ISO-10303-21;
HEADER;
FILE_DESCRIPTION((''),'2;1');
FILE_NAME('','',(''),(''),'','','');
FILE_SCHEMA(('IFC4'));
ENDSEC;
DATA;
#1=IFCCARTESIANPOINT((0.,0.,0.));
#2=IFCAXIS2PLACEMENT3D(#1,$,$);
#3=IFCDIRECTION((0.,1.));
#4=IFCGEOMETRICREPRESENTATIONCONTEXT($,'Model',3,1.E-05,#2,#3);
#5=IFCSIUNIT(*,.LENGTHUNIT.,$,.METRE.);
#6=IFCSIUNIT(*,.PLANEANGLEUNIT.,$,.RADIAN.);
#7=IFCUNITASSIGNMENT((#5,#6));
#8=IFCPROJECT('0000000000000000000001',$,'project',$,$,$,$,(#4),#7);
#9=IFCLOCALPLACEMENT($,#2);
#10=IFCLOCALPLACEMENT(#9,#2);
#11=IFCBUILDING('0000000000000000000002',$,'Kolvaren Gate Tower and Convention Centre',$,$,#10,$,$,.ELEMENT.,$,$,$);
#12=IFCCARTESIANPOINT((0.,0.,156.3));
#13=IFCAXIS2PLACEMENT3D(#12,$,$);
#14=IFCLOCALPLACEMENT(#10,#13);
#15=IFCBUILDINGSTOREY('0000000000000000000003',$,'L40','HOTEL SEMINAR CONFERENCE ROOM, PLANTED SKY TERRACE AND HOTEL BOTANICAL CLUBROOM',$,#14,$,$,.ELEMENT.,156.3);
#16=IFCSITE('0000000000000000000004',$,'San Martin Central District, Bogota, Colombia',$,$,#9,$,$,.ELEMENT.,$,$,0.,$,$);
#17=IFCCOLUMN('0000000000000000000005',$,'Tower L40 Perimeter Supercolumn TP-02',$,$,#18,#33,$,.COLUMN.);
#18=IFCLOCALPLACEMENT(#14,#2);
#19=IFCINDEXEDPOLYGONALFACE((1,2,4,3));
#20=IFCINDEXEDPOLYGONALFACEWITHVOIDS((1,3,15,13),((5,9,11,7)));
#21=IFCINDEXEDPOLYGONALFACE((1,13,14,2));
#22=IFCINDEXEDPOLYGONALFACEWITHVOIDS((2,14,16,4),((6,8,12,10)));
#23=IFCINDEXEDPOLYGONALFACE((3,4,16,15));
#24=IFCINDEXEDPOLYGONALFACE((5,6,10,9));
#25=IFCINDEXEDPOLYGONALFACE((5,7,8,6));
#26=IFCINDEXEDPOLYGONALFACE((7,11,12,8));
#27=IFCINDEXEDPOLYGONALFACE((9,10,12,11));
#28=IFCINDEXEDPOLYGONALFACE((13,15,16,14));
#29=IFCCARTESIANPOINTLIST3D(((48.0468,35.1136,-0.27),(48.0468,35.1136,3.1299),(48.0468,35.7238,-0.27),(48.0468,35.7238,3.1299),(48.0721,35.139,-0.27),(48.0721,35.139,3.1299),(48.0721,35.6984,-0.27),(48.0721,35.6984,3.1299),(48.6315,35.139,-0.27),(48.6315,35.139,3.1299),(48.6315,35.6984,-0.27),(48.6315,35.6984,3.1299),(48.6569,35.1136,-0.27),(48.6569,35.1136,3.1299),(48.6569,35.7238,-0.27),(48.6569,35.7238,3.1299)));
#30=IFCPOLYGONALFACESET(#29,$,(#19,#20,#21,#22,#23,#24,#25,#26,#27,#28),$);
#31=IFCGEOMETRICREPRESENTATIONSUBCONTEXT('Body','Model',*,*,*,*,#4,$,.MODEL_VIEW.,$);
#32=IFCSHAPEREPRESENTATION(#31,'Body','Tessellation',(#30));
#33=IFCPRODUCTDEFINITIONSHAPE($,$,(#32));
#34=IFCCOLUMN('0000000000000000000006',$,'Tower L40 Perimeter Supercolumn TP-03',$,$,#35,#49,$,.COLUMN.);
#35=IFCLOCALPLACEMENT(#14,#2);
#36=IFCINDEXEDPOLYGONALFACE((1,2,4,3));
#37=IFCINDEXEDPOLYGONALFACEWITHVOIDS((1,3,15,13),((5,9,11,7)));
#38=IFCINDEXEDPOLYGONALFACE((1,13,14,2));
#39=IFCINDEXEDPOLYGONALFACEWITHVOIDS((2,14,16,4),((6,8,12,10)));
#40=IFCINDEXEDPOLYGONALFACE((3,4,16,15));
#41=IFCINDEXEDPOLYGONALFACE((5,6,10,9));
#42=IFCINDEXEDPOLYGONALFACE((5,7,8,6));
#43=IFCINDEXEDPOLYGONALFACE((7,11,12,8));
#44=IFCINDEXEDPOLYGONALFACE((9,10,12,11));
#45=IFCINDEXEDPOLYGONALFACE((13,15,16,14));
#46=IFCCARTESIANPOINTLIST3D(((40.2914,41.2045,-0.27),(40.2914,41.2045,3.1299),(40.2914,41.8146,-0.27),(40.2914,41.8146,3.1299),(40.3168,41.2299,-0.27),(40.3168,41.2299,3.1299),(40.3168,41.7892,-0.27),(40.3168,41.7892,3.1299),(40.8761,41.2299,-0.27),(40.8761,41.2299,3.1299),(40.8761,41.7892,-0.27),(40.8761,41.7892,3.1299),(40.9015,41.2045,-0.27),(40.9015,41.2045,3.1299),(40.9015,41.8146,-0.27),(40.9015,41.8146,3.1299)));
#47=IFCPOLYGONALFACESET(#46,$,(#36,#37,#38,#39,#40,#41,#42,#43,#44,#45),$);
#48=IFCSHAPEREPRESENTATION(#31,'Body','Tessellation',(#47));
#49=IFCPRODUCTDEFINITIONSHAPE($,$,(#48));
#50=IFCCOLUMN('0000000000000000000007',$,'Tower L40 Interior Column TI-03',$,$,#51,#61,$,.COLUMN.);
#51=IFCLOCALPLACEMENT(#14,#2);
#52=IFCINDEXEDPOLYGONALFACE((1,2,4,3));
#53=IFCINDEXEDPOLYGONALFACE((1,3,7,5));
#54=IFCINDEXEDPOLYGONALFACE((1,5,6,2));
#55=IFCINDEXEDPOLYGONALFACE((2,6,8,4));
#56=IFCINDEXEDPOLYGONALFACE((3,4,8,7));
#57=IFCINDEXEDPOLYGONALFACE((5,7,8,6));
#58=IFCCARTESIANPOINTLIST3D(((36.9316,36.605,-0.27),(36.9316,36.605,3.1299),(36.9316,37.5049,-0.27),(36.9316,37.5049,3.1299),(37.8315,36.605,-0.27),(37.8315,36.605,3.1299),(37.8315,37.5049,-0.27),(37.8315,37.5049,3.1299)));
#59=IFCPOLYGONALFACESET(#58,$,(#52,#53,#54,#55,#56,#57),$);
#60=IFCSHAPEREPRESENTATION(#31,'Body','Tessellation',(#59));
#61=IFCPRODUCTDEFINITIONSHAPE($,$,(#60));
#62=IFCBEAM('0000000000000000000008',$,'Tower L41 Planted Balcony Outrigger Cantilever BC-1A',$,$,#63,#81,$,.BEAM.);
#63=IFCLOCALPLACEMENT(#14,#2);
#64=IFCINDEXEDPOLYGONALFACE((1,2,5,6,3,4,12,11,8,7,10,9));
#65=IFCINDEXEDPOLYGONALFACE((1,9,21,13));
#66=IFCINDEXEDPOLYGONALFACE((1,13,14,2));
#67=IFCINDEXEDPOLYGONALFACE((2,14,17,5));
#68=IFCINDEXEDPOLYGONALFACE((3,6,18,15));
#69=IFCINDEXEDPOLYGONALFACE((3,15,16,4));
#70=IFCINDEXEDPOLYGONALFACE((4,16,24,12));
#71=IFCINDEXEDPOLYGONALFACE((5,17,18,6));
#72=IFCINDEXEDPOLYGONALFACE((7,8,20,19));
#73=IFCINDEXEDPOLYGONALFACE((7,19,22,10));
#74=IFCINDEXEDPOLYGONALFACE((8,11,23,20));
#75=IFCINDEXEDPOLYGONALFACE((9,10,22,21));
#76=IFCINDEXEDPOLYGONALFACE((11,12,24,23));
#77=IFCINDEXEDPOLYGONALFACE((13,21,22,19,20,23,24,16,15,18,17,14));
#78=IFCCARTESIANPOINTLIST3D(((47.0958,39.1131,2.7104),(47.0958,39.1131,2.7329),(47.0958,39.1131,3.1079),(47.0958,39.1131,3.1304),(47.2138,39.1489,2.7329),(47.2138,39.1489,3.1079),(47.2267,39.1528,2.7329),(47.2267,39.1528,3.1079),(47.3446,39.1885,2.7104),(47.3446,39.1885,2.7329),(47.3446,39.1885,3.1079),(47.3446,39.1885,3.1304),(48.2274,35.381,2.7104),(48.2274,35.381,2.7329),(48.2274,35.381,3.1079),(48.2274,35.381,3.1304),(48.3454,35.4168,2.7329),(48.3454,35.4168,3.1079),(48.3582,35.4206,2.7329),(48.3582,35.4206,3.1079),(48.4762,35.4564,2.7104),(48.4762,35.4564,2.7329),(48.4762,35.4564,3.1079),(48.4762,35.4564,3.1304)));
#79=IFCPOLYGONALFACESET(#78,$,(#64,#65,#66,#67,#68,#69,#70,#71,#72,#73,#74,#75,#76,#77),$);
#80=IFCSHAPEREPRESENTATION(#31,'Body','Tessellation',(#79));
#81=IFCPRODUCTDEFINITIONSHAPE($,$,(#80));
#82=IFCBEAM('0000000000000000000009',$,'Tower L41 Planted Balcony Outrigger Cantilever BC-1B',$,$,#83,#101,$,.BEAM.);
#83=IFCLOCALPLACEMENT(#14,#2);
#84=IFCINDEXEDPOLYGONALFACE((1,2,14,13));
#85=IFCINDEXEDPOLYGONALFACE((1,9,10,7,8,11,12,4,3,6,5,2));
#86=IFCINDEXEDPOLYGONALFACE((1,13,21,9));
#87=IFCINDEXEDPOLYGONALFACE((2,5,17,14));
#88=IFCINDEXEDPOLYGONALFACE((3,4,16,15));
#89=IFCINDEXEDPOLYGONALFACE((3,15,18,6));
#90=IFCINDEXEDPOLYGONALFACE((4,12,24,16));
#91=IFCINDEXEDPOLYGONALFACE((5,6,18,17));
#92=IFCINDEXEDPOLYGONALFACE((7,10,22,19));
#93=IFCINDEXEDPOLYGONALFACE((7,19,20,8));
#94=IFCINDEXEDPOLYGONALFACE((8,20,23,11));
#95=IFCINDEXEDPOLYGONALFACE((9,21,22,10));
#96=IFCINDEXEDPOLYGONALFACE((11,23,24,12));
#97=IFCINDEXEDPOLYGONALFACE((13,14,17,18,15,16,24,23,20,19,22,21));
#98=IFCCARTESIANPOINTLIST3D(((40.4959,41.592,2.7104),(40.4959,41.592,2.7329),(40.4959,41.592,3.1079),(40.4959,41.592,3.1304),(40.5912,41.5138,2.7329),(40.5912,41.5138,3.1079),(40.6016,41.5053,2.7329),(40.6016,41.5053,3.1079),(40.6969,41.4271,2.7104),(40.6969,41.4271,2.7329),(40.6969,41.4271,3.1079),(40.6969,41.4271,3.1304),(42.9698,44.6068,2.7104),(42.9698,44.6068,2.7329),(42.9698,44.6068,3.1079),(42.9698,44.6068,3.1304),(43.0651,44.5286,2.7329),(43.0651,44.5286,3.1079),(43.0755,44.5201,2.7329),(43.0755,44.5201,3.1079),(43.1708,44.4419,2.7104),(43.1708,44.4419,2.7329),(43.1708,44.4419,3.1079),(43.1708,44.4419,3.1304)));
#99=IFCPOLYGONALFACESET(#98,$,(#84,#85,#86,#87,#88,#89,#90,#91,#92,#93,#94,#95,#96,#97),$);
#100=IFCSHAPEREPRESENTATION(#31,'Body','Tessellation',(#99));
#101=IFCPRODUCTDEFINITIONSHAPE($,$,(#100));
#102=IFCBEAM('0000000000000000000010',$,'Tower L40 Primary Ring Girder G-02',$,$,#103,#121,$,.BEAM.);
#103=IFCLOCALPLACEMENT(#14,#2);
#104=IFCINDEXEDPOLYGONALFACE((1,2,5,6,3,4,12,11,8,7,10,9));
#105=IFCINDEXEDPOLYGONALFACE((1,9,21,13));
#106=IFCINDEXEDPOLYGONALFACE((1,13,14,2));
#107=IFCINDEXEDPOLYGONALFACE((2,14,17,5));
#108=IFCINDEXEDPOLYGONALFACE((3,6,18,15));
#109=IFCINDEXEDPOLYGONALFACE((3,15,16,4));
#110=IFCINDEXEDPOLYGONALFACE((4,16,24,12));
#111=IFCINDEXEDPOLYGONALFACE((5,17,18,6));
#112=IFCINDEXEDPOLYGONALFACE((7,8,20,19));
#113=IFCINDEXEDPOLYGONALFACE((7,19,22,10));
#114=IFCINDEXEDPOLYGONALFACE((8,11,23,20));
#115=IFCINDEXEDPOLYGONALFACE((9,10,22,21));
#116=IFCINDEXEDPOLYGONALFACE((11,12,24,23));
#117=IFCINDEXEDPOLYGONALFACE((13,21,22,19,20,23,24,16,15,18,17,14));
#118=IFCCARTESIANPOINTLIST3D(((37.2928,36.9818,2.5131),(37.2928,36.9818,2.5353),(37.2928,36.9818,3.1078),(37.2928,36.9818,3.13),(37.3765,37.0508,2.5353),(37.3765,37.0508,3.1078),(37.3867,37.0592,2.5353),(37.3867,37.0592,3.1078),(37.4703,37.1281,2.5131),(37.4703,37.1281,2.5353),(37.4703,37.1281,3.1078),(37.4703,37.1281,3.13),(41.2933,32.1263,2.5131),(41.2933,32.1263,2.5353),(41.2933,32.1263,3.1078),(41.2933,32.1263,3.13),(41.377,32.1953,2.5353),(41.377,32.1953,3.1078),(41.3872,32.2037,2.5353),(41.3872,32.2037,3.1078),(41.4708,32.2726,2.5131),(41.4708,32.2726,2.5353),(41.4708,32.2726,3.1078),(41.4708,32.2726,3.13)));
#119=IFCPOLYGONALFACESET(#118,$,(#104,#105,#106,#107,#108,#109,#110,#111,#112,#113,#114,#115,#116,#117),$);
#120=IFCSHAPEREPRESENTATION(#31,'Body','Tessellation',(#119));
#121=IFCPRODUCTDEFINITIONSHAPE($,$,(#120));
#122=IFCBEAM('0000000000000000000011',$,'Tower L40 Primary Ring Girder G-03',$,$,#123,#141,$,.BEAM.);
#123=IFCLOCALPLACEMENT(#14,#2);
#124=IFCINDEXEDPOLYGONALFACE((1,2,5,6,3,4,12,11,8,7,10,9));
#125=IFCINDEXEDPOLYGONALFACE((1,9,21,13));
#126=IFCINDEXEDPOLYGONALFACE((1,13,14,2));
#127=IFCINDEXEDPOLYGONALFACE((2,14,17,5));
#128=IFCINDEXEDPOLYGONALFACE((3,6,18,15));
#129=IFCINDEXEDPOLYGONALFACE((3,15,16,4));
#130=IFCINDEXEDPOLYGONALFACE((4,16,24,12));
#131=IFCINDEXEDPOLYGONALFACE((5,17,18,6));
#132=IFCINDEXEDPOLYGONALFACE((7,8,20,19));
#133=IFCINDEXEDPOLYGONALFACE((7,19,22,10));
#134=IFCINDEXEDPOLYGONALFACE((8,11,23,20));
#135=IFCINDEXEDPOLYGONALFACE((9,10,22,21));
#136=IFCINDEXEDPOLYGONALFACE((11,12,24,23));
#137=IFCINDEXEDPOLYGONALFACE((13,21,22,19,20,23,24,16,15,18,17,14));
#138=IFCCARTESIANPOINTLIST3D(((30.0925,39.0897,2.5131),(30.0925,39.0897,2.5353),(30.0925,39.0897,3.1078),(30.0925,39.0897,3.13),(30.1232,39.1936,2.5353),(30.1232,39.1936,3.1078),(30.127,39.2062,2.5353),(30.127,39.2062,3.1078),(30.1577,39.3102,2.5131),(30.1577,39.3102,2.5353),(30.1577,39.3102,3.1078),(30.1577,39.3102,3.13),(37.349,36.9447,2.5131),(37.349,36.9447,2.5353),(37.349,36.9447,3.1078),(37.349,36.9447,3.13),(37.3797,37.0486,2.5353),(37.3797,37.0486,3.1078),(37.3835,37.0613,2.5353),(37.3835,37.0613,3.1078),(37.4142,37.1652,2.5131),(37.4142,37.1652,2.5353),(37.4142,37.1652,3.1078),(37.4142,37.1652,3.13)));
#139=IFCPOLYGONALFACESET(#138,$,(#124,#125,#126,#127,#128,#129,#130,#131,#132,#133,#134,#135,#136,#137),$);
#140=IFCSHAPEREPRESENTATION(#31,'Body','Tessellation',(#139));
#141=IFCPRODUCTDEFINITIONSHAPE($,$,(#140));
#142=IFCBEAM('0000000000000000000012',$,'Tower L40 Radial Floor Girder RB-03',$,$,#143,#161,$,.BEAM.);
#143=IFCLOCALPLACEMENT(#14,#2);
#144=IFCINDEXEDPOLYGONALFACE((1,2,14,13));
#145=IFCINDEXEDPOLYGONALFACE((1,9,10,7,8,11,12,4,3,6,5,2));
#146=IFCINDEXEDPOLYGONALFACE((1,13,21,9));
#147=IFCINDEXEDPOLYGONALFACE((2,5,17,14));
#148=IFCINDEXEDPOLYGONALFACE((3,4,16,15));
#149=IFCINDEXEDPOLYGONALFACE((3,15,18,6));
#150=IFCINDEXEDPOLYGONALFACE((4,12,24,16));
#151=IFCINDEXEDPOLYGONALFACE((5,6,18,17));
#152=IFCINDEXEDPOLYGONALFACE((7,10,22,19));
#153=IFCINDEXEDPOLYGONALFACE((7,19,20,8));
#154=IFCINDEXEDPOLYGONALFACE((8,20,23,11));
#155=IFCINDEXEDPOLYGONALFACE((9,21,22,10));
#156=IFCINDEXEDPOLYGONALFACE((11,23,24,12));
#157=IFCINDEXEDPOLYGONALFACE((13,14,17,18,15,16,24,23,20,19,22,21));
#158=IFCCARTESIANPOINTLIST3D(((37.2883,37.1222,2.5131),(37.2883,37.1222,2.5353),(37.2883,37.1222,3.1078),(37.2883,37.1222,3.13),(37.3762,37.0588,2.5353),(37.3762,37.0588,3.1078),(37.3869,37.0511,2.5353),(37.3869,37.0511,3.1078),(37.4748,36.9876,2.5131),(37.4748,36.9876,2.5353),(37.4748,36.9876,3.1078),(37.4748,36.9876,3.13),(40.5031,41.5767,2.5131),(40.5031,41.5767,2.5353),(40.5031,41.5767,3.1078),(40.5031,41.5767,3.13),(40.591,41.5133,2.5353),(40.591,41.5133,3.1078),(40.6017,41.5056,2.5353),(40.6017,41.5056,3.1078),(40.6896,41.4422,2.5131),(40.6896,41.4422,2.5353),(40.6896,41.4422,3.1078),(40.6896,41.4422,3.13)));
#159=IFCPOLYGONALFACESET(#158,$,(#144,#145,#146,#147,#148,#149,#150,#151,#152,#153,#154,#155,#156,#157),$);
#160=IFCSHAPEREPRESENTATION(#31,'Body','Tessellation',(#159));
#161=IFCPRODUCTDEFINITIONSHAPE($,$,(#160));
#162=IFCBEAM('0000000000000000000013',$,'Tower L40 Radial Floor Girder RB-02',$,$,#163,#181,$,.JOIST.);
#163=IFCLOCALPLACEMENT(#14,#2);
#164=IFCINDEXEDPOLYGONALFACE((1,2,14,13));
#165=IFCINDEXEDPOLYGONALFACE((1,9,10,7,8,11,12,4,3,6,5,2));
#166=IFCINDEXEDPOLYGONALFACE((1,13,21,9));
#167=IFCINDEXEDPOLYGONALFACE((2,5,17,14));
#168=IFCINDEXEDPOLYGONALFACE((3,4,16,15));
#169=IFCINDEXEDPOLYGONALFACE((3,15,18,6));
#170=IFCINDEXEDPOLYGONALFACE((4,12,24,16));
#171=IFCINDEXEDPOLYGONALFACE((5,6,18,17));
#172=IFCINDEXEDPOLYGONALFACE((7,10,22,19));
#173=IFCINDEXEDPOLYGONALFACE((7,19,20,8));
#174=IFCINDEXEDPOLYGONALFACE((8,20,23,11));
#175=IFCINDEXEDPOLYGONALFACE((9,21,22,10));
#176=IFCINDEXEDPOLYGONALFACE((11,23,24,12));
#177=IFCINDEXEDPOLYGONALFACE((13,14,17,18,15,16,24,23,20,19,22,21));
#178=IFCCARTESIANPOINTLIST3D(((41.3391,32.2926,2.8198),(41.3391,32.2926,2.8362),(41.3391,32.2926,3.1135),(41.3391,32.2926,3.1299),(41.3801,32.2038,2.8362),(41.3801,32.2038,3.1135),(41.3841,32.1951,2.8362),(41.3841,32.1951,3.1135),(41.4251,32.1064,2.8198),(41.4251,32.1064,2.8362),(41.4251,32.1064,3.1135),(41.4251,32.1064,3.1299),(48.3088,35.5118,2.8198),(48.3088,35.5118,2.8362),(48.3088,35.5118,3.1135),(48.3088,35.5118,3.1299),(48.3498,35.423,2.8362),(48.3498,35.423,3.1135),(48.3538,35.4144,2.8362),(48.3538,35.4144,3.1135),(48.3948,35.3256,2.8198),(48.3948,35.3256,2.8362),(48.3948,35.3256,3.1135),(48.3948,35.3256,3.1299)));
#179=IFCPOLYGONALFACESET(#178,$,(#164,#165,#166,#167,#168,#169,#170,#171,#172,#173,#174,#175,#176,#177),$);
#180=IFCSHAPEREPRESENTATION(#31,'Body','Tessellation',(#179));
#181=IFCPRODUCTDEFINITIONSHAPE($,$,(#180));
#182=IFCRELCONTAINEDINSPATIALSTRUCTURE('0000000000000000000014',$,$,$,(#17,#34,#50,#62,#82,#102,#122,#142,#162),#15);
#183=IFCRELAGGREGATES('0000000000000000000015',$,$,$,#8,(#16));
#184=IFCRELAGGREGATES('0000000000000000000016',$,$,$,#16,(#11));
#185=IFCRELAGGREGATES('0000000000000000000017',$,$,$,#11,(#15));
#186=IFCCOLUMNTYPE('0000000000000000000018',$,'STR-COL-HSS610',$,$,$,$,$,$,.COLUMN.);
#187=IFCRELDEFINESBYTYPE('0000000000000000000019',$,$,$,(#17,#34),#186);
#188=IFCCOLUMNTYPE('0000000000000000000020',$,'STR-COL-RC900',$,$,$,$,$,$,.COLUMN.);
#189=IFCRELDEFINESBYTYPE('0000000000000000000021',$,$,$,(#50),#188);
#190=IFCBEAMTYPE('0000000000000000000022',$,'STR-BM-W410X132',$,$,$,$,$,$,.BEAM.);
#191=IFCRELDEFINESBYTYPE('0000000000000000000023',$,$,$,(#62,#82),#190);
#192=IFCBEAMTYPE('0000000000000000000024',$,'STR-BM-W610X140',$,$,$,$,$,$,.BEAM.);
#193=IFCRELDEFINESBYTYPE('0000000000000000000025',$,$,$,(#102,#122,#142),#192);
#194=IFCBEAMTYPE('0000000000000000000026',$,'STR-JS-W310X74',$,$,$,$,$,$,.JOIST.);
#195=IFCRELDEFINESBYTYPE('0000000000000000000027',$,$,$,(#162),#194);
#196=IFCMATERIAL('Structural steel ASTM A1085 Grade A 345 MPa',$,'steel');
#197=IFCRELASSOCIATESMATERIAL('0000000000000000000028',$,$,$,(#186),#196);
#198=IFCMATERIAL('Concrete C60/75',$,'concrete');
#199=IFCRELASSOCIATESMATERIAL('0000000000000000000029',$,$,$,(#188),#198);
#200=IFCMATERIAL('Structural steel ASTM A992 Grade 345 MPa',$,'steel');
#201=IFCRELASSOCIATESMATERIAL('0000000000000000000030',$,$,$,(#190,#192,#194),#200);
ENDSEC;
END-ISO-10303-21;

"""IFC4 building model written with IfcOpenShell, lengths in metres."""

from ifc_helpers import new_model, si_unit, direction, frame, origin, origin_2d, place, context, subcontext, project, spatial, rectangle, hollow_rectangle, i_section, extrude, material, material_profile, profile_set, type_object, element, save


model = new_model("IFC4")

# Units and contexts
model_context = context("Model", 3, precision=1e-05, world=origin(), true_north=direction((0.0, 1.0)))
body_context = subcontext(model_context, "Body", "Model", "MODEL_VIEW")
ifc_project = project(units=[si_unit("LENGTHUNIT", "METRE"), si_unit("PLANEANGLEUNIT", "RADIAN")], contexts=[model_context])

# Site, building, storey
site_placement = place(None, origin())
site = spatial("IfcSite", under=ifc_project, at=site_placement, Name="San Martin Central District, Bogota, Colombia", CompositionType="ELEMENT", RefElevation=0.0)
building_placement = place(site_placement, origin())
building = spatial("IfcBuilding", under=site, at=building_placement, Name="Kolvaren Gate Tower and Convention Centre", CompositionType="ELEMENT")
storey_placement = place(building_placement, frame((0.0, 0.0, 156.3)))
storey = spatial("IfcBuildingStorey", under=building, at=storey_placement, Name="L40", Description="HOTEL SEMINAR CONFERENCE ROOM, PLANTED SKY TERRACE AND HOTEL BOTANICAL CLUBROOM", CompositionType="ELEMENT", Elevation=156.3)

# Columns
ifc_material_1 = material(Name="Structural steel ASTM A1085 Grade A 345 MPa", Category="steel")
ifc_material_profile_1 = material_profile(ifc_material_1, hollow_rectangle(XDim=0.6101, YDim=0.6101, WallThickness=0.0254, at=origin_2d()), Name="HSS610X610X25.4")
ifc_profile_set_1 = profile_set([ifc_material_profile_1], Name="Structural steel ASTM A1085 Grade A 345 MPa")
column_type_1 = type_object("IfcColumnType", Name="STR-COL-HSS610", PredefinedType="COLUMN", material=ifc_profile_set_1)
for number, where, z_axis, x_axis, name in (
    (1, (48.3518, 35.4187, -0.27), (0.0, 0.0, 1.0), (1.0, 0.0, 0.0), "Tower L40 Perimeter Supercolumn TP-02"),
    (2, (40.5964, 41.5095, -0.27), (0.0, 0.0, 1.0), (1.0, 0.0, 0.0), "Tower L40 Perimeter Supercolumn TP-03"),
):
    element("IfcColumn", number, at=place(storey_placement, frame(where, z_axis=z_axis, x_axis=x_axis)), inside=storey, type_object=column_type_1, Name=name, PredefinedType="COLUMN", context=body_context, shape_type="SweptSolid", body=[
        extrude(hollow_rectangle(XDim=0.6101, YDim=0.6101, WallThickness=0.0254, at=origin_2d()), origin(), (0.0, 0.0, 1.0), 3.3999),
    ])
ifc_material_2 = material(Name="Concrete C60/75", Category="concrete")
ifc_material_profile_2 = material_profile(ifc_material_2, rectangle(XDim=0.8999, YDim=0.8999, at=origin_2d()), Name="RC-COL-900X900")
ifc_profile_set_2 = profile_set([ifc_material_profile_2], Name="Concrete C60/75")
column_type_2 = type_object("IfcColumnType", Name="STR-COL-RC900", PredefinedType="COLUMN", material=ifc_profile_set_2)
column_placement = place(storey_placement, frame((37.3816, 37.0549, -0.27), z_axis=(0.0, 0.0, 1.0), x_axis=(1.0, 0.0, 0.0)))
element("IfcColumn", 3, at=column_placement, inside=storey, type_object=column_type_2, Name="Tower L40 Interior Column TI-03", PredefinedType="COLUMN", context=body_context, shape_type="SweptSolid", body=[
    extrude(rectangle(XDim=0.8999, YDim=0.8999, at=origin_2d()), origin(), (0.0, 0.0, 1.0), 3.3999),
])

# Beams
ifc_material_3 = material(Name="Structural steel ASTM A992 Grade 345 MPa", Category="steel")
ifc_material_profile_3 = material_profile(ifc_material_3, i_section(OverallWidth=0.26, OverallDepth=0.4199, WebThickness=0.0134, FlangeThickness=0.0225, at=origin_2d()), Name="W410X132")
ifc_profile_set_3 = profile_set([ifc_material_profile_3], Name="Structural steel ASTM A992 Grade 345 MPa")
beam_type_1 = type_object("IfcBeamType", Name="STR-BM-W410X132", PredefinedType="BEAM", material=ifc_profile_set_3)
for number, where, z_axis, x_axis, name in (
    (4, (48.3518, 35.4187, 2.9204), (-0.290155, 0.95698, 0.0), (-0.95698, -0.290155, 0.0), "Tower L41 Planted Balcony Outrigger Cantilever BC-1A"),
    (5, (40.5964, 41.5095, 2.9204), (0.634335, 0.773058, 0.0), (-0.773058, 0.634335, 0.0), "Tower L41 Planted Balcony Outrigger Cantilever BC-1B"),
):
    element("IfcBeam", number, at=place(storey_placement, frame(where, z_axis=z_axis, x_axis=x_axis)), inside=storey, type_object=beam_type_1, Name=name, PredefinedType="BEAM", context=body_context, shape_type="SweptSolid", body=[
        extrude(i_section(OverallWidth=0.26, OverallDepth=0.4199, WebThickness=0.0134, FlangeThickness=0.0225, at=origin_2d()), origin(), (0.0, 0.0, 1.0), 3.8999),
    ])
ifc_material_profile_4 = material_profile(ifc_material_3, i_section(OverallWidth=0.23, OverallDepth=0.6169, WebThickness=0.0132, FlangeThickness=0.0222, at=origin_2d()), Name="W610X140")
ifc_profile_set_4 = profile_set([ifc_material_profile_4], Name="Structural steel ASTM A992 Grade 345 MPa")
beam_type_2 = type_object("IfcBeamType", Name="STR-BM-W610X140", PredefinedType="BEAM", material=ifc_profile_set_4)
beam_1_placement = place(storey_placement, frame((41.3821, 32.1995, 2.8215), z_axis=(-0.635884, 0.771785, 0.0), x_axis=(-0.771785, -0.635884, 0.0)))
element("IfcBeam", 6, at=beam_1_placement, inside=storey, type_object=beam_type_2, Name="Tower L40 Primary Ring Girder G-02", PredefinedType="BEAM", context=body_context, shape_type="SweptSolid", body=[
    extrude(i_section(OverallWidth=0.23, OverallDepth=0.6169, WebThickness=0.0132, FlangeThickness=0.0222, at=origin_2d()), origin(), (0.0, 0.0, 1.0), 6.2913),
])
beam_2_placement = place(storey_placement, frame((37.3816, 37.0549, 2.8215), z_axis=(-0.958981, 0.283471, 0.0), x_axis=(-0.283471, -0.958981, 0.0)))
element("IfcBeam", 7, at=beam_2_placement, inside=storey, type_object=beam_type_2, Name="Tower L40 Primary Ring Girder G-03", PredefinedType="BEAM", context=body_context, shape_type="SweptSolid", body=[
    extrude(i_section(OverallWidth=0.23, OverallDepth=0.6169, WebThickness=0.0132, FlangeThickness=0.0222, at=origin_2d()), origin(), (0.0, 0.0, 1.0), 7.5669),
])
beam_3_placement = place(storey_placement, frame((37.3816, 37.0549, 2.8215), z_axis=(0.585208, 0.810883, 0.0), x_axis=(-0.810883, 0.585208, 0.0)))
element("IfcBeam", 8, at=beam_3_placement, inside=storey, type_object=beam_type_2, Name="Tower L40 Radial Floor Girder RB-03", PredefinedType="BEAM", context=body_context, shape_type="SweptSolid", body=[
    extrude(i_section(OverallWidth=0.23, OverallDepth=0.6169, WebThickness=0.0132, FlangeThickness=0.0222, at=origin_2d()), origin(), (0.0, 0.0, 1.0), 5.4934),
])
ifc_material_profile_5 = material_profile(ifc_material_3, i_section(OverallWidth=0.2051, OverallDepth=0.3101, WebThickness=0.0095, FlangeThickness=0.0164, at=origin_2d()), Name="W310X74")
ifc_profile_set_5 = profile_set([ifc_material_profile_5], Name="Structural steel ASTM A992 Grade 345 MPa")
beam_type_3 = type_object("IfcBeamType", Name="STR-JS-W310X74", PredefinedType="JOIST", material=ifc_profile_set_5)
beam_4_placement = place(storey_placement, frame((41.3821, 32.1995, 2.9749), z_axis=(0.907838, 0.41932, 0.0), x_axis=(-0.41932, 0.907838, 0.0)))
element("IfcBeam", 9, at=beam_4_placement, inside=storey, type_object=beam_type_3, Name="Tower L40 Radial Floor Girder RB-02", PredefinedType="JOIST", context=body_context, shape_type="SweptSolid", body=[
    extrude(i_section(OverallWidth=0.2051, OverallDepth=0.3101, WebThickness=0.0095, FlangeThickness=0.0164, at=origin_2d()), origin(), (0.0, 0.0, 1.0), 7.6772),
])

save(model, "model.ifc")
